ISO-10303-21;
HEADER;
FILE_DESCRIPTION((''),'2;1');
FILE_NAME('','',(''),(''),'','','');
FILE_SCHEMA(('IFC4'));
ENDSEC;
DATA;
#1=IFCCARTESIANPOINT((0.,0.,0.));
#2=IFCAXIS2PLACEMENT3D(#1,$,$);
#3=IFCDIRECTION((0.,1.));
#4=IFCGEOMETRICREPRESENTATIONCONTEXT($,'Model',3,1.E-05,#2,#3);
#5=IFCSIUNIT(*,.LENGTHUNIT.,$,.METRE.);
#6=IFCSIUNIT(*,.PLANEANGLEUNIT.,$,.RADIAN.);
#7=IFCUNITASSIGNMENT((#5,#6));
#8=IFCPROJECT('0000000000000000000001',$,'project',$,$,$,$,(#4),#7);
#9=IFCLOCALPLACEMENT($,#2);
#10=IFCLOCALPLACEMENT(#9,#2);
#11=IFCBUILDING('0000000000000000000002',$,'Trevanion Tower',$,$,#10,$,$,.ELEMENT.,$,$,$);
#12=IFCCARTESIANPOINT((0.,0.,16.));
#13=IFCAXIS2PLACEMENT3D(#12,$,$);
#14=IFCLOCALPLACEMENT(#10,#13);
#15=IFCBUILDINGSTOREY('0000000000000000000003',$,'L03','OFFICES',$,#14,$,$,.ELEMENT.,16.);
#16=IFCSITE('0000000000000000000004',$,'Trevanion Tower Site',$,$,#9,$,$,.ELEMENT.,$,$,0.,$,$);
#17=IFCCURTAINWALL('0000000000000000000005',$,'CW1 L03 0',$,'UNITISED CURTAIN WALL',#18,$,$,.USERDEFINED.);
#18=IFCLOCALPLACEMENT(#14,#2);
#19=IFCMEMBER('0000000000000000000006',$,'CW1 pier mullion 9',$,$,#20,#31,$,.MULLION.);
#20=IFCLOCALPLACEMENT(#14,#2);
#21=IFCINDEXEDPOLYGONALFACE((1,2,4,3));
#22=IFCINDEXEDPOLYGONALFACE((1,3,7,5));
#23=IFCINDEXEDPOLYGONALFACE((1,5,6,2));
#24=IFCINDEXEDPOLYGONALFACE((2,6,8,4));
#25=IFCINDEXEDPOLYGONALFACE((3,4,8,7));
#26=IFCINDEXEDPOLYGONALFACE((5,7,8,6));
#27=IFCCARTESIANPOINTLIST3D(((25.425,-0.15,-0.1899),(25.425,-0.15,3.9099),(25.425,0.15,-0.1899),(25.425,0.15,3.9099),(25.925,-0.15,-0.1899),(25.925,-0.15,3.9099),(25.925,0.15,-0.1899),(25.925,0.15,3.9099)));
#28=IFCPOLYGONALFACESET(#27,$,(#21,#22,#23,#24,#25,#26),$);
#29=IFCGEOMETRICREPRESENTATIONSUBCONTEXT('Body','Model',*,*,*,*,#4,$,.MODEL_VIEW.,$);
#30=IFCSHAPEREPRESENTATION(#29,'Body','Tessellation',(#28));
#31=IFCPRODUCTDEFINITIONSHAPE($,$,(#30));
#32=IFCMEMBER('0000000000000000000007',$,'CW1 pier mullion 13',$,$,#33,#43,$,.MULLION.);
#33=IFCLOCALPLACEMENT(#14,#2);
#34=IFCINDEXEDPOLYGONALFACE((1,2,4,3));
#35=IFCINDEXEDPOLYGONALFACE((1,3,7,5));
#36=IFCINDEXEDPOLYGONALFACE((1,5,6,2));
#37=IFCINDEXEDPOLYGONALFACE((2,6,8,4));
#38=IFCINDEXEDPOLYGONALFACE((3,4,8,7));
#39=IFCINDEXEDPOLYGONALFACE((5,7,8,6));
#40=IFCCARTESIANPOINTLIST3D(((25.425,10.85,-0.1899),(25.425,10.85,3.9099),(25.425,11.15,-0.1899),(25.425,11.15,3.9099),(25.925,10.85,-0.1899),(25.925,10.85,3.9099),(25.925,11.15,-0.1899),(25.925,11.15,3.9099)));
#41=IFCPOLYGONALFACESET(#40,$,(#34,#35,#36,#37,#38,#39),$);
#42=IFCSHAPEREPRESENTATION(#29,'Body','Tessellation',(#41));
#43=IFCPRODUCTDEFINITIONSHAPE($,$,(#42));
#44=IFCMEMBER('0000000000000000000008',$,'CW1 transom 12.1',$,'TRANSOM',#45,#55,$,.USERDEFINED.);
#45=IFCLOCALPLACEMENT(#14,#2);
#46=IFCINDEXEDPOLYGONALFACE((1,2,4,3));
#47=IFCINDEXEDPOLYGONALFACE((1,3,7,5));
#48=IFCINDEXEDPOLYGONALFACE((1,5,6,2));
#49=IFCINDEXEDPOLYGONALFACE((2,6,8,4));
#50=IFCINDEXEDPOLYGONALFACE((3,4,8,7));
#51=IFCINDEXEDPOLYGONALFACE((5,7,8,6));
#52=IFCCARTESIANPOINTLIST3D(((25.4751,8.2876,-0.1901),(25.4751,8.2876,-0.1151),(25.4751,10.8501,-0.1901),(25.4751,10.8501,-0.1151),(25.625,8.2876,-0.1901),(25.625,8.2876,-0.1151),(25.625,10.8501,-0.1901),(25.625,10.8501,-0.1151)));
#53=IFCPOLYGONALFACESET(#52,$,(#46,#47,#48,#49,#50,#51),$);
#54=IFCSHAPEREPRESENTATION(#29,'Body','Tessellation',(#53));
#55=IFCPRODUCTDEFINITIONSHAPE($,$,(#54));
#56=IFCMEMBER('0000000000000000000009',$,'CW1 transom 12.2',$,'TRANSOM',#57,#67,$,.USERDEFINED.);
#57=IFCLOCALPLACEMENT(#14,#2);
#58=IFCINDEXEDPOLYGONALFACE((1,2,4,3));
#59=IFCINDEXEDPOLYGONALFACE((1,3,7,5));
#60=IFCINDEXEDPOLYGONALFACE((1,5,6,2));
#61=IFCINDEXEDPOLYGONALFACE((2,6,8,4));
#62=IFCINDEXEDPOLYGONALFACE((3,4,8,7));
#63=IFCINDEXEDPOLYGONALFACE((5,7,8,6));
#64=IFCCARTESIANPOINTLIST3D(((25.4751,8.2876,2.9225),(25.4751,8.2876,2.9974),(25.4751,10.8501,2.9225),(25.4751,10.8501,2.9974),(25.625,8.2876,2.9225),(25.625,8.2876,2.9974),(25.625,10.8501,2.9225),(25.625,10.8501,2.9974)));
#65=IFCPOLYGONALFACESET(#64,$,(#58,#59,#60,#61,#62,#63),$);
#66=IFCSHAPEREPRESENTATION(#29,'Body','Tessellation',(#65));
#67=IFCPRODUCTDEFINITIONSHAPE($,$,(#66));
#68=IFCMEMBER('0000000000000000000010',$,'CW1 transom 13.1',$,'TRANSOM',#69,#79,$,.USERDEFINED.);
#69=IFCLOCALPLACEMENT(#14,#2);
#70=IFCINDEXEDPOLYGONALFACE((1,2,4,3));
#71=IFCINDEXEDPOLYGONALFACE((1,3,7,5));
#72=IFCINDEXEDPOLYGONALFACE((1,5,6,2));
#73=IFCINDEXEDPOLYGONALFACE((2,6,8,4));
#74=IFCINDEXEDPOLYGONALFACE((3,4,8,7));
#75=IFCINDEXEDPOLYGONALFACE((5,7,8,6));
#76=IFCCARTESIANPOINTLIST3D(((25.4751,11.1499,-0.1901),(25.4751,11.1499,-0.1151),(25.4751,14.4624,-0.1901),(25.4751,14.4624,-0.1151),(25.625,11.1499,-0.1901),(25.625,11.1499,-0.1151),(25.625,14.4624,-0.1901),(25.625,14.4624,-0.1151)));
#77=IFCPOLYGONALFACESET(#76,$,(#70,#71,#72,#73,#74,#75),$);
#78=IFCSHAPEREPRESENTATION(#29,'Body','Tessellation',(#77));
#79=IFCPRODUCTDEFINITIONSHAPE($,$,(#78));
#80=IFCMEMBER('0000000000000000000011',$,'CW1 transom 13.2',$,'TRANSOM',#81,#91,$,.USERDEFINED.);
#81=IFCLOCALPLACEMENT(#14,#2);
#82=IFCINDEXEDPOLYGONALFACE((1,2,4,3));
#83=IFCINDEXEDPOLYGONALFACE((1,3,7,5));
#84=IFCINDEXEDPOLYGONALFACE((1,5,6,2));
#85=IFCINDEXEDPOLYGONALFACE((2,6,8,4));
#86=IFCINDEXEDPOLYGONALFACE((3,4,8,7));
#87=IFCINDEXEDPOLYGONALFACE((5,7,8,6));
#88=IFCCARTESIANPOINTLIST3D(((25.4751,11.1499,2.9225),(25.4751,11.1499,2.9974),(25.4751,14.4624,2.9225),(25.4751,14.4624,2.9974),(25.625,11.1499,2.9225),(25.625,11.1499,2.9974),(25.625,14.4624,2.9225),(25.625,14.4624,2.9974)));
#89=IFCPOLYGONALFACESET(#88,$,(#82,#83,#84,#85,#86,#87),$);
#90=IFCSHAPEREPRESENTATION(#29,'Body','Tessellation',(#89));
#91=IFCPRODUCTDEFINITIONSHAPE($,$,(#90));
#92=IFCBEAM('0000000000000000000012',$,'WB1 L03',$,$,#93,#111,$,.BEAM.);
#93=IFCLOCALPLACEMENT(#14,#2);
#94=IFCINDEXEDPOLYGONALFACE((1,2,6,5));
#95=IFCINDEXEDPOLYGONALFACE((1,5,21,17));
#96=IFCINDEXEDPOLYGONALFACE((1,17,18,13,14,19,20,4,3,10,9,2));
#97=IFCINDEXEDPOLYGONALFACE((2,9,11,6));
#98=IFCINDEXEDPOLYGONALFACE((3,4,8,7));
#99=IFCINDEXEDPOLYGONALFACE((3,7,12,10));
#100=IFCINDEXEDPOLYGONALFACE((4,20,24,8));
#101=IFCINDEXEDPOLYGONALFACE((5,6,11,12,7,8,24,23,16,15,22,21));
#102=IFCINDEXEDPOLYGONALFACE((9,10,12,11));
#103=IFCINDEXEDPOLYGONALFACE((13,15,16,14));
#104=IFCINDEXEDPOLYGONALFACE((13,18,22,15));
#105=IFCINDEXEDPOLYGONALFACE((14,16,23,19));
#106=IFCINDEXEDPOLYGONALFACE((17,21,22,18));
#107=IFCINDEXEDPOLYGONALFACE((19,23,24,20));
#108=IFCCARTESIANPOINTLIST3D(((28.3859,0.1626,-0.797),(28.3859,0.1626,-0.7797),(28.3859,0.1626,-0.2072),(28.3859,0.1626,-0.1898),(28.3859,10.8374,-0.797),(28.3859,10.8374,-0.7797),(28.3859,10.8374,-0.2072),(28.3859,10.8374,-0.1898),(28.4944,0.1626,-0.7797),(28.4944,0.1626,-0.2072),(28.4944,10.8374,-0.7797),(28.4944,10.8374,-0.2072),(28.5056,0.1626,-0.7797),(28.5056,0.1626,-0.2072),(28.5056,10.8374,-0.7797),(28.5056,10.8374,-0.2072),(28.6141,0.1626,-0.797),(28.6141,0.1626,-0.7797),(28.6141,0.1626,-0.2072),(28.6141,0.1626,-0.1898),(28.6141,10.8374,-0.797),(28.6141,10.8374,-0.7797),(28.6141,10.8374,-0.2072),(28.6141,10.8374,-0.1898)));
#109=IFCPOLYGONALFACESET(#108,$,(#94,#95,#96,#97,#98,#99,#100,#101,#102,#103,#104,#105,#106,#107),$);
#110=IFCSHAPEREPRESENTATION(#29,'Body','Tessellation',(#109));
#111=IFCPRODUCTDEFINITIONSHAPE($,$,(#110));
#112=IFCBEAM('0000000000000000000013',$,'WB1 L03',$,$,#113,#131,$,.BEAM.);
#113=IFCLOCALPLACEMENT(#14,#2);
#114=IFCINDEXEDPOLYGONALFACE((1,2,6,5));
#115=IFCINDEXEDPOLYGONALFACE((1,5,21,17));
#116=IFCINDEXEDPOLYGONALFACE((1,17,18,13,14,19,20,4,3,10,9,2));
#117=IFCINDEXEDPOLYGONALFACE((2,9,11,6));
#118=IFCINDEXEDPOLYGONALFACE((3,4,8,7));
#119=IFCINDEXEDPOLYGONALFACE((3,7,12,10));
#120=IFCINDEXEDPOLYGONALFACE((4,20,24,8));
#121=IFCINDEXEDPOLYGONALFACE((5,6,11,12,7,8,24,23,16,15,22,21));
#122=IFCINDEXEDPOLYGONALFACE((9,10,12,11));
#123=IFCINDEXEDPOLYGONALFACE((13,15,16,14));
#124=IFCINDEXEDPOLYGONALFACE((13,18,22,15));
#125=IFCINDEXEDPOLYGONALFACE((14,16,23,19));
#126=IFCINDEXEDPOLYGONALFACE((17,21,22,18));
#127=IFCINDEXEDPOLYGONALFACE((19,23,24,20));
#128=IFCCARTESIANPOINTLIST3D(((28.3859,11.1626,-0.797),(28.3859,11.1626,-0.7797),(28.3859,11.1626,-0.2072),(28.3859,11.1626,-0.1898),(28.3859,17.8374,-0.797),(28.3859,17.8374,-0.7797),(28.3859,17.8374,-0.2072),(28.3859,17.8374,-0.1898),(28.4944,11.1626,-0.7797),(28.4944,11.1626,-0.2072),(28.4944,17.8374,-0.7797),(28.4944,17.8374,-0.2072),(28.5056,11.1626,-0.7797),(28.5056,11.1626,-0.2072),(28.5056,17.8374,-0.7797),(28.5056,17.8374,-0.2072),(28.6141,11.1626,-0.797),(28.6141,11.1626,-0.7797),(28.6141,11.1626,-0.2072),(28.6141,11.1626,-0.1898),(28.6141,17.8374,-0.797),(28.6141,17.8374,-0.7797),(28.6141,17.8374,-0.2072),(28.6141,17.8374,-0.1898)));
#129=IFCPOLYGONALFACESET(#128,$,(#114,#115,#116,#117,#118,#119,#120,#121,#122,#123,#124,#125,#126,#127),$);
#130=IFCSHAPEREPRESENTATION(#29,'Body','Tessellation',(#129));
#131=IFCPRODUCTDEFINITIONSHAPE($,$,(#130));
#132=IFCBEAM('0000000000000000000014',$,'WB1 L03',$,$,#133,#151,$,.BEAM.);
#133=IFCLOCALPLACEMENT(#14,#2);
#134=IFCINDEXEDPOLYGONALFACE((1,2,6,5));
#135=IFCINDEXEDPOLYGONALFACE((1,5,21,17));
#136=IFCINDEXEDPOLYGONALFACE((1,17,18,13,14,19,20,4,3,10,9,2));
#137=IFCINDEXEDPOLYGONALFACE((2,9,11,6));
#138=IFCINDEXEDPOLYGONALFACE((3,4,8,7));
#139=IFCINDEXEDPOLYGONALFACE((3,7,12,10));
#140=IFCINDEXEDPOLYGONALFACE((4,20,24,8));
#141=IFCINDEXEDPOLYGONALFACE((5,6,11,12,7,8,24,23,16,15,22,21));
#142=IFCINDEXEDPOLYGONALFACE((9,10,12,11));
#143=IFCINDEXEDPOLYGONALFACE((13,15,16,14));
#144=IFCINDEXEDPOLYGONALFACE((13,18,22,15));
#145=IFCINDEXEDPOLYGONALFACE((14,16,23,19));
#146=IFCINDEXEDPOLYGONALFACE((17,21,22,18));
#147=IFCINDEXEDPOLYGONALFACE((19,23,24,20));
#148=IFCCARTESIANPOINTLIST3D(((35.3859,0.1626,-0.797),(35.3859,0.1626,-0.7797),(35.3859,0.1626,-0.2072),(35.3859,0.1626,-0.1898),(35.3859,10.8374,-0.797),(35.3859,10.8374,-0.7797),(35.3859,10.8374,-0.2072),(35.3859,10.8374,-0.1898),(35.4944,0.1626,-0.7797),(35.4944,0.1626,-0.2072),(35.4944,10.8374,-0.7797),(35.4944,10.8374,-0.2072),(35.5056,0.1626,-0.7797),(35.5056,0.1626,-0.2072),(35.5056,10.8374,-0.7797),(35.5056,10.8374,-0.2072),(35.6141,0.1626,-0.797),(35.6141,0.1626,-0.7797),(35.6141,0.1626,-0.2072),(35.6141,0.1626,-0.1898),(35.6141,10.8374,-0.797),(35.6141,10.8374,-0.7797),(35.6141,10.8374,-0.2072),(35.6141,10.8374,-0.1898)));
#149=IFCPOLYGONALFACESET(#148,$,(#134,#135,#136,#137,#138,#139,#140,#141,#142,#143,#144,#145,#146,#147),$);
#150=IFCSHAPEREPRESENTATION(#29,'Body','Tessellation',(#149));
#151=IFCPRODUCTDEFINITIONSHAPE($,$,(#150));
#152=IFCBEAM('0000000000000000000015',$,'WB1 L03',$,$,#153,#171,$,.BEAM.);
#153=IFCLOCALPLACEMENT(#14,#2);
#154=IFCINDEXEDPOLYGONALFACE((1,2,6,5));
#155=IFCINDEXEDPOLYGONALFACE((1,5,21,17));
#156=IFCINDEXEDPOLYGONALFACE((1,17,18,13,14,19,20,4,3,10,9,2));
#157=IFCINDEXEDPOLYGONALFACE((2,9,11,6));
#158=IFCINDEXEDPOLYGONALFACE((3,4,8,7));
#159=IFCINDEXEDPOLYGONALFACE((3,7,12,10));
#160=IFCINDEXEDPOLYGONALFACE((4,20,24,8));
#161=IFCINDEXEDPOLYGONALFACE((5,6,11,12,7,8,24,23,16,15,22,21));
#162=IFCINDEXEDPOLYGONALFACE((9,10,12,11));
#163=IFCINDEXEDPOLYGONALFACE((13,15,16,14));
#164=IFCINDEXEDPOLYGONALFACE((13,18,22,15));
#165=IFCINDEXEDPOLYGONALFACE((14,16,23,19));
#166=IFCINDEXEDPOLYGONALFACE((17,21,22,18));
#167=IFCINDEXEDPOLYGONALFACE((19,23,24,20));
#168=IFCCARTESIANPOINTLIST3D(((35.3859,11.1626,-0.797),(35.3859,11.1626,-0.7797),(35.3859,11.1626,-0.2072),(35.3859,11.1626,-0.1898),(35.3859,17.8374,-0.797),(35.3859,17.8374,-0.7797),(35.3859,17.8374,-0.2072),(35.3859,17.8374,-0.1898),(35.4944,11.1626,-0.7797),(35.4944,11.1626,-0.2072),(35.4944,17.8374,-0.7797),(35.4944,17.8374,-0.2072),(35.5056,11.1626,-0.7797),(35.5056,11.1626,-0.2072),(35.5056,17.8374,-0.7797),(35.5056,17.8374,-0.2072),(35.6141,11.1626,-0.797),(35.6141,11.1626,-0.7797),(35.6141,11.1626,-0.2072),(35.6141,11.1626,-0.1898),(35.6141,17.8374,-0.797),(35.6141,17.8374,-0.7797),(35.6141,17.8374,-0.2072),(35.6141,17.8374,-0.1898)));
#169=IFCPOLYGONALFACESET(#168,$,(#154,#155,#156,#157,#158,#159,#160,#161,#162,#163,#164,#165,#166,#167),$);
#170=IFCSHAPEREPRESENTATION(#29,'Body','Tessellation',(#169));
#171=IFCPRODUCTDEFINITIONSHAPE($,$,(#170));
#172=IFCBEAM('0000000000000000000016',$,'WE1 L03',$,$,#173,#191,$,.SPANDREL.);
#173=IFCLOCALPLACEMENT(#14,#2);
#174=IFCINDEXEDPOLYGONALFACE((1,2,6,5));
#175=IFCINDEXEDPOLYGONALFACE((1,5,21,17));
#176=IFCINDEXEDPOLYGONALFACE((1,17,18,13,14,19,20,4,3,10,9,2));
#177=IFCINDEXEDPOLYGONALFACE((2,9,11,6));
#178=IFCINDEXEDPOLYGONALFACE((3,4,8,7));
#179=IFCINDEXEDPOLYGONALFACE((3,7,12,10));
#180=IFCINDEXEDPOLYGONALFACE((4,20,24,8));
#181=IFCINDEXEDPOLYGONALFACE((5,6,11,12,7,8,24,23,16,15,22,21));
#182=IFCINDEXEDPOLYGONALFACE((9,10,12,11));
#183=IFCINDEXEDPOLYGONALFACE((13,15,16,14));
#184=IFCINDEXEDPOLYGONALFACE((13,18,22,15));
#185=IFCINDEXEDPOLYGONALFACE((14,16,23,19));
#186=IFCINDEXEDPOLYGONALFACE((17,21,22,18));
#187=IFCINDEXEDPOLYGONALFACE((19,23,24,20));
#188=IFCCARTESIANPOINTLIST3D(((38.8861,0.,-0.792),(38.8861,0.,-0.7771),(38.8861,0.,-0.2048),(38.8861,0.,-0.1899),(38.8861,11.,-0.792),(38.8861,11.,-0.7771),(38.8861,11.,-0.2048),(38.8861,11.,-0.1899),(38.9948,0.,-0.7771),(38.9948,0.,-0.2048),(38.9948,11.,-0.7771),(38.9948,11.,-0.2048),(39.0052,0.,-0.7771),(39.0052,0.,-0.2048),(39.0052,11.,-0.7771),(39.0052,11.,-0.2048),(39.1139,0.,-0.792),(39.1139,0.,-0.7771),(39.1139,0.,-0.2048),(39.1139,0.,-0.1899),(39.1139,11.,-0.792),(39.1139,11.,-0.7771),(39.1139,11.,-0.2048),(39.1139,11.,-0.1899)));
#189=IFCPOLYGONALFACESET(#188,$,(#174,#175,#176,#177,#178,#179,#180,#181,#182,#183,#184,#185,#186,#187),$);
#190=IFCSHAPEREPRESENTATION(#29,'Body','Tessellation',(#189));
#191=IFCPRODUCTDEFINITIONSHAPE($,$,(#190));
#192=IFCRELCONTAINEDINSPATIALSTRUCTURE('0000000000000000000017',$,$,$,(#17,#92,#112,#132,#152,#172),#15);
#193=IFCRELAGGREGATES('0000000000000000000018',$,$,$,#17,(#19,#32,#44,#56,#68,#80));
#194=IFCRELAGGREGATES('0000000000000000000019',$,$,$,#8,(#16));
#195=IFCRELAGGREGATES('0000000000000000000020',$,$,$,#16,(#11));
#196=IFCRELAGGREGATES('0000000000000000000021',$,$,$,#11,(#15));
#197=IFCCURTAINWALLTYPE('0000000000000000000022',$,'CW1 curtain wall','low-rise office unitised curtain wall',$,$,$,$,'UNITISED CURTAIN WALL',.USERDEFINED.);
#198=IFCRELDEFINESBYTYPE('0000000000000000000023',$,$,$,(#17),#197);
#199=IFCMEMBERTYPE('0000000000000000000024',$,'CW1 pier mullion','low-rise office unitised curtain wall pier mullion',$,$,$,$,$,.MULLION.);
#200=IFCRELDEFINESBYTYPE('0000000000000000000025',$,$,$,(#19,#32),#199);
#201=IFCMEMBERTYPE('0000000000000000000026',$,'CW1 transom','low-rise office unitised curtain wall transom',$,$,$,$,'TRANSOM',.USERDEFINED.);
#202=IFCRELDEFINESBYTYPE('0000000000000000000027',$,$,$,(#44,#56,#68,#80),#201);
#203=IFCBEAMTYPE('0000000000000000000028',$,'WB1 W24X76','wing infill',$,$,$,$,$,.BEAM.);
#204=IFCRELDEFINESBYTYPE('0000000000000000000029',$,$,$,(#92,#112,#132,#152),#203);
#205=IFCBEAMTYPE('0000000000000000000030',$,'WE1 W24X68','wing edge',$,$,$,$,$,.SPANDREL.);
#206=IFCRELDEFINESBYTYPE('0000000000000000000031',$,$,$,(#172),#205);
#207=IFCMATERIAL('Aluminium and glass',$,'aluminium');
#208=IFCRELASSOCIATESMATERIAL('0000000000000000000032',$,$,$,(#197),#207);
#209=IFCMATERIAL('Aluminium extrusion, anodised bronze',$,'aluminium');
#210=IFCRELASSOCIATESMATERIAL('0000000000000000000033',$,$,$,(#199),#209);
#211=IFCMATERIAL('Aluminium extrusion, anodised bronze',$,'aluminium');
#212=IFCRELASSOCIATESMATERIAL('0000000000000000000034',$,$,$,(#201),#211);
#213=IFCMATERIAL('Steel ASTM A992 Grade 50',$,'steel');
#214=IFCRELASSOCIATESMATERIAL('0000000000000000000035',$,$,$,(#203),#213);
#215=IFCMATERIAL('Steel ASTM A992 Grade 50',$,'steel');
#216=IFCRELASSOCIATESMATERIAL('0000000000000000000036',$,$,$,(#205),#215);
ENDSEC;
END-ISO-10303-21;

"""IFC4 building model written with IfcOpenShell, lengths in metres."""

from ifc_helpers import new_model, si_unit, direction, frame, origin, origin_2d, place, context, subcontext, project, spatial, rectangle, i_section, extrude, material, material_profile, profile_set, type_object, element, aggregate, save


model = new_model("IFC4")

# Units and contexts
model_context = context("Model", 3, precision=1e-05, world=origin(), true_north=direction((0.0, 1.0)))
body_context = subcontext(model_context, "Body", "Model", "MODEL_VIEW")
ifc_project = project(units=[si_unit("LENGTHUNIT", "METRE"), si_unit("PLANEANGLEUNIT", "RADIAN")], contexts=[model_context])

# Site, building, storey
site_placement = place(None, origin())
site = spatial("IfcSite", under=ifc_project, at=site_placement, Name="Trevanion Tower Site", CompositionType="ELEMENT", RefElevation=0.0)
building_placement = place(site_placement, origin())
building = spatial("IfcBuilding", under=site, at=building_placement, Name="Trevanion Tower", CompositionType="ELEMENT")
storey_placement = place(building_placement, frame((0.0, 0.0, 16.0)))
storey = spatial("IfcBuildingStorey", under=building, at=storey_placement, Name="L03", Description="OFFICES", CompositionType="ELEMENT", Elevation=16.0)

# Curtain wall, members
ifc_material_1 = material(Name="Aluminium and glass", Category="aluminium")
curtain_wall_type = type_object("IfcCurtainWallType", Name="CW1 curtain wall", Description="low-rise office unitised curtain wall", ElementType="UNITISED CURTAIN WALL", PredefinedType="USERDEFINED", material=ifc_material_1)
curtain_wall_placement = place(storey_placement, origin())
curtain_wall = element("IfcCurtainWall", 1, at=curtain_wall_placement, inside=storey, type_object=curtain_wall_type, Name="CW1 L03 0", ObjectType="UNITISED CURTAIN WALL", PredefinedType="USERDEFINED")
ifc_material_2 = material(Name="Aluminium extrusion, anodised bronze", Category="aluminium")
ifc_material_profile_1 = material_profile(ifc_material_2, rectangle(XDim=0.3, YDim=0.5, at=origin_2d()), Name="CW1 pier mullion")
ifc_profile_set_1 = profile_set([ifc_material_profile_1], Name="Aluminium extrusion, anodised bronze")
member_type_1 = type_object("IfcMemberType", Name="CW1 pier mullion", Description="low-rise office unitised curtain wall pier mullion", PredefinedType="MULLION", material=ifc_profile_set_1)
member_1_placement = place(storey_placement, frame((25.675, 0.0, -0.1899), z_axis=(0.0, 0.0, 1.0), x_axis=(0.0, 1.0, 0.0)))
member_1 = element("IfcMember", 2, at=member_1_placement, type_object=member_type_1, Name="CW1 pier mullion 9", PredefinedType="MULLION", context=body_context, shape_type="SweptSolid", body=[
    extrude(rectangle(XDim=0.3, YDim=0.5, at=origin_2d()), origin(), (0.0, 0.0, 1.0), 4.0999),
])
member_2_placement = place(storey_placement, frame((25.675, 11.0, -0.1899), z_axis=(0.0, 0.0, 1.0), x_axis=(0.0, 1.0, 0.0)))
member_2 = element("IfcMember", 3, at=member_2_placement, type_object=member_type_1, Name="CW1 pier mullion 13", PredefinedType="MULLION", context=body_context, shape_type="SweptSolid", body=[
    extrude(rectangle(XDim=0.3, YDim=0.5, at=origin_2d()), origin(), (0.0, 0.0, 1.0), 4.0999),
])
ifc_material_3 = material(Name="Aluminium extrusion, anodised bronze", Category="aluminium")
ifc_material_profile_2 = material_profile(ifc_material_3, rectangle(XDim=0.1499, YDim=0.075, at=origin_2d()), Name="CW1 transom")
ifc_profile_set_2 = profile_set([ifc_material_profile_2], Name="Aluminium extrusion, anodised bronze")
member_type_2 = type_object("IfcMemberType", Name="CW1 transom", Description="low-rise office unitised curtain wall transom", ElementType="TRANSOM", PredefinedType="USERDEFINED", material=ifc_profile_set_2)
member_3_placement = place(storey_placement, frame((25.55, 8.2876, -0.1526), z_axis=(0.0, 1.0, 0.0), x_axis=(-1.0, 0.0, 0.0)))
member_3 = element("IfcMember", 4, at=member_3_placement, type_object=member_type_2, Name="CW1 transom 12.1", ObjectType="TRANSOM", PredefinedType="USERDEFINED", context=body_context, shape_type="SweptSolid", body=[
    extrude(rectangle(XDim=0.1499, YDim=0.075, at=origin_2d()), origin(), (0.0, 0.0, 1.0), 2.5625),
])
member_4_placement = place(storey_placement, frame((25.55, 8.2876, 2.96), z_axis=(0.0, 1.0, 0.0), x_axis=(-1.0, 0.0, 0.0)))
member_4 = element("IfcMember", 5, at=member_4_placement, type_object=member_type_2, Name="CW1 transom 12.2", ObjectType="TRANSOM", PredefinedType="USERDEFINED", context=body_context, shape_type="SweptSolid", body=[
    extrude(rectangle(XDim=0.1499, YDim=0.075, at=origin_2d()), origin(), (0.0, 0.0, 1.0), 2.5625),
])
member_5_placement = place(storey_placement, frame((25.55, 11.1499, -0.1526), z_axis=(0.0, 1.0, 0.0), x_axis=(-1.0, 0.0, 0.0)))
member_5 = element("IfcMember", 6, at=member_5_placement, type_object=member_type_2, Name="CW1 transom 13.1", ObjectType="TRANSOM", PredefinedType="USERDEFINED", context=body_context, shape_type="SweptSolid", body=[
    extrude(rectangle(XDim=0.1499, YDim=0.075, at=origin_2d()), origin(), (0.0, 0.0, 1.0), 3.3125),
])
member_6_placement = place(storey_placement, frame((25.55, 11.1499, 2.96), z_axis=(0.0, 1.0, 0.0), x_axis=(-1.0, 0.0, 0.0)))
member_6 = element("IfcMember", 7, at=member_6_placement, type_object=member_type_2, Name="CW1 transom 13.2", ObjectType="TRANSOM", PredefinedType="USERDEFINED", context=body_context, shape_type="SweptSolid", body=[
    extrude(rectangle(XDim=0.1499, YDim=0.075, at=origin_2d()), origin(), (0.0, 0.0, 1.0), 3.3125),
])

# Beams
ifc_material_4 = material(Name="Steel ASTM A992 Grade 50", Category="steel")
ifc_material_profile_3 = material_profile(ifc_material_4, i_section(OverallWidth=0.2283, OverallDepth=0.6072, WebThickness=0.0112, FlangeThickness=0.0173, at=origin_2d()), Name="W24X76")
ifc_profile_set_3 = profile_set([ifc_material_profile_3], Name="Steel ASTM A992 Grade 50")
beam_type_1 = type_object("IfcBeamType", Name="WB1 W24X76", Description="wing infill", PredefinedType="BEAM", material=ifc_profile_set_3)
beam_1_placement = place(storey_placement, frame((28.5, 0.1626, -0.4934), z_axis=(0.0, 1.0, 0.0), x_axis=(-1.0, 0.0, 0.0)))
element("IfcBeam", 8, at=beam_1_placement, inside=storey, type_object=beam_type_1, Name="WB1 L03", PredefinedType="BEAM", context=body_context, shape_type="SweptSolid", body=[
    extrude(i_section(OverallWidth=0.2283, OverallDepth=0.6072, WebThickness=0.0112, FlangeThickness=0.0173, at=origin_2d()), origin(), (0.0, 0.0, 1.0), 10.6748),
])
beam_2_placement = place(storey_placement, frame((28.5, 11.1626, -0.4934), z_axis=(0.0, 1.0, 0.0), x_axis=(-1.0, 0.0, 0.0)))
element("IfcBeam", 9, at=beam_2_placement, inside=storey, type_object=beam_type_1, Name="WB1 L03", PredefinedType="BEAM", context=body_context, shape_type="SweptSolid", body=[
    extrude(i_section(OverallWidth=0.2283, OverallDepth=0.6072, WebThickness=0.0112, FlangeThickness=0.0173, at=origin_2d()), origin(), (0.0, 0.0, 1.0), 6.6748),
])
beam_3_placement = place(storey_placement, frame((35.5, 0.1626, -0.4934), z_axis=(0.0, 1.0, 0.0), x_axis=(-1.0, 0.0, 0.0)))
element("IfcBeam", 10, at=beam_3_placement, inside=storey, type_object=beam_type_1, Name="WB1 L03", PredefinedType="BEAM", context=body_context, shape_type="SweptSolid", body=[
    extrude(i_section(OverallWidth=0.2283, OverallDepth=0.6072, WebThickness=0.0112, FlangeThickness=0.0173, at=origin_2d()), origin(), (0.0, 0.0, 1.0), 10.6748),
])
beam_4_placement = place(storey_placement, frame((35.5, 11.1626, -0.4934), z_axis=(0.0, 1.0, 0.0), x_axis=(-1.0, 0.0, 0.0)))
element("IfcBeam", 11, at=beam_4_placement, inside=storey, type_object=beam_type_1, Name="WB1 L03", PredefinedType="BEAM", context=body_context, shape_type="SweptSolid", body=[
    extrude(i_section(OverallWidth=0.2283, OverallDepth=0.6072, WebThickness=0.0112, FlangeThickness=0.0173, at=origin_2d()), origin(), (0.0, 0.0, 1.0), 6.6748),
])
ifc_material_5 = material(Name="Steel ASTM A992 Grade 50", Category="steel")
ifc_material_profile_4 = material_profile(ifc_material_5, i_section(OverallWidth=0.2278, OverallDepth=0.6021, WebThickness=0.0105, FlangeThickness=0.0149, at=origin_2d()), Name="W24X68")
ifc_profile_set_4 = profile_set([ifc_material_profile_4], Name="Steel ASTM A992 Grade 50")
beam_type_2 = type_object("IfcBeamType", Name="WE1 W24X68", Description="wing edge", PredefinedType="SPANDREL", material=ifc_profile_set_4)
beam_5_placement = place(storey_placement, frame((39.0, 0.0, -0.491), z_axis=(0.0, 1.0, 0.0), x_axis=(-1.0, 0.0, 0.0)))
element("IfcBeam", 12, at=beam_5_placement, inside=storey, type_object=beam_type_2, Name="WE1 L03", PredefinedType="SPANDREL", context=body_context, shape_type="SweptSolid", body=[
    extrude(i_section(OverallWidth=0.2278, OverallDepth=0.6021, WebThickness=0.0105, FlangeThickness=0.0149, at=origin_2d()), origin(), (0.0, 0.0, 1.0), 11.0),
])

aggregate(curtain_wall, [member_1, member_2, member_3, member_4, member_5, member_6])

save(model, "model.ifc")
